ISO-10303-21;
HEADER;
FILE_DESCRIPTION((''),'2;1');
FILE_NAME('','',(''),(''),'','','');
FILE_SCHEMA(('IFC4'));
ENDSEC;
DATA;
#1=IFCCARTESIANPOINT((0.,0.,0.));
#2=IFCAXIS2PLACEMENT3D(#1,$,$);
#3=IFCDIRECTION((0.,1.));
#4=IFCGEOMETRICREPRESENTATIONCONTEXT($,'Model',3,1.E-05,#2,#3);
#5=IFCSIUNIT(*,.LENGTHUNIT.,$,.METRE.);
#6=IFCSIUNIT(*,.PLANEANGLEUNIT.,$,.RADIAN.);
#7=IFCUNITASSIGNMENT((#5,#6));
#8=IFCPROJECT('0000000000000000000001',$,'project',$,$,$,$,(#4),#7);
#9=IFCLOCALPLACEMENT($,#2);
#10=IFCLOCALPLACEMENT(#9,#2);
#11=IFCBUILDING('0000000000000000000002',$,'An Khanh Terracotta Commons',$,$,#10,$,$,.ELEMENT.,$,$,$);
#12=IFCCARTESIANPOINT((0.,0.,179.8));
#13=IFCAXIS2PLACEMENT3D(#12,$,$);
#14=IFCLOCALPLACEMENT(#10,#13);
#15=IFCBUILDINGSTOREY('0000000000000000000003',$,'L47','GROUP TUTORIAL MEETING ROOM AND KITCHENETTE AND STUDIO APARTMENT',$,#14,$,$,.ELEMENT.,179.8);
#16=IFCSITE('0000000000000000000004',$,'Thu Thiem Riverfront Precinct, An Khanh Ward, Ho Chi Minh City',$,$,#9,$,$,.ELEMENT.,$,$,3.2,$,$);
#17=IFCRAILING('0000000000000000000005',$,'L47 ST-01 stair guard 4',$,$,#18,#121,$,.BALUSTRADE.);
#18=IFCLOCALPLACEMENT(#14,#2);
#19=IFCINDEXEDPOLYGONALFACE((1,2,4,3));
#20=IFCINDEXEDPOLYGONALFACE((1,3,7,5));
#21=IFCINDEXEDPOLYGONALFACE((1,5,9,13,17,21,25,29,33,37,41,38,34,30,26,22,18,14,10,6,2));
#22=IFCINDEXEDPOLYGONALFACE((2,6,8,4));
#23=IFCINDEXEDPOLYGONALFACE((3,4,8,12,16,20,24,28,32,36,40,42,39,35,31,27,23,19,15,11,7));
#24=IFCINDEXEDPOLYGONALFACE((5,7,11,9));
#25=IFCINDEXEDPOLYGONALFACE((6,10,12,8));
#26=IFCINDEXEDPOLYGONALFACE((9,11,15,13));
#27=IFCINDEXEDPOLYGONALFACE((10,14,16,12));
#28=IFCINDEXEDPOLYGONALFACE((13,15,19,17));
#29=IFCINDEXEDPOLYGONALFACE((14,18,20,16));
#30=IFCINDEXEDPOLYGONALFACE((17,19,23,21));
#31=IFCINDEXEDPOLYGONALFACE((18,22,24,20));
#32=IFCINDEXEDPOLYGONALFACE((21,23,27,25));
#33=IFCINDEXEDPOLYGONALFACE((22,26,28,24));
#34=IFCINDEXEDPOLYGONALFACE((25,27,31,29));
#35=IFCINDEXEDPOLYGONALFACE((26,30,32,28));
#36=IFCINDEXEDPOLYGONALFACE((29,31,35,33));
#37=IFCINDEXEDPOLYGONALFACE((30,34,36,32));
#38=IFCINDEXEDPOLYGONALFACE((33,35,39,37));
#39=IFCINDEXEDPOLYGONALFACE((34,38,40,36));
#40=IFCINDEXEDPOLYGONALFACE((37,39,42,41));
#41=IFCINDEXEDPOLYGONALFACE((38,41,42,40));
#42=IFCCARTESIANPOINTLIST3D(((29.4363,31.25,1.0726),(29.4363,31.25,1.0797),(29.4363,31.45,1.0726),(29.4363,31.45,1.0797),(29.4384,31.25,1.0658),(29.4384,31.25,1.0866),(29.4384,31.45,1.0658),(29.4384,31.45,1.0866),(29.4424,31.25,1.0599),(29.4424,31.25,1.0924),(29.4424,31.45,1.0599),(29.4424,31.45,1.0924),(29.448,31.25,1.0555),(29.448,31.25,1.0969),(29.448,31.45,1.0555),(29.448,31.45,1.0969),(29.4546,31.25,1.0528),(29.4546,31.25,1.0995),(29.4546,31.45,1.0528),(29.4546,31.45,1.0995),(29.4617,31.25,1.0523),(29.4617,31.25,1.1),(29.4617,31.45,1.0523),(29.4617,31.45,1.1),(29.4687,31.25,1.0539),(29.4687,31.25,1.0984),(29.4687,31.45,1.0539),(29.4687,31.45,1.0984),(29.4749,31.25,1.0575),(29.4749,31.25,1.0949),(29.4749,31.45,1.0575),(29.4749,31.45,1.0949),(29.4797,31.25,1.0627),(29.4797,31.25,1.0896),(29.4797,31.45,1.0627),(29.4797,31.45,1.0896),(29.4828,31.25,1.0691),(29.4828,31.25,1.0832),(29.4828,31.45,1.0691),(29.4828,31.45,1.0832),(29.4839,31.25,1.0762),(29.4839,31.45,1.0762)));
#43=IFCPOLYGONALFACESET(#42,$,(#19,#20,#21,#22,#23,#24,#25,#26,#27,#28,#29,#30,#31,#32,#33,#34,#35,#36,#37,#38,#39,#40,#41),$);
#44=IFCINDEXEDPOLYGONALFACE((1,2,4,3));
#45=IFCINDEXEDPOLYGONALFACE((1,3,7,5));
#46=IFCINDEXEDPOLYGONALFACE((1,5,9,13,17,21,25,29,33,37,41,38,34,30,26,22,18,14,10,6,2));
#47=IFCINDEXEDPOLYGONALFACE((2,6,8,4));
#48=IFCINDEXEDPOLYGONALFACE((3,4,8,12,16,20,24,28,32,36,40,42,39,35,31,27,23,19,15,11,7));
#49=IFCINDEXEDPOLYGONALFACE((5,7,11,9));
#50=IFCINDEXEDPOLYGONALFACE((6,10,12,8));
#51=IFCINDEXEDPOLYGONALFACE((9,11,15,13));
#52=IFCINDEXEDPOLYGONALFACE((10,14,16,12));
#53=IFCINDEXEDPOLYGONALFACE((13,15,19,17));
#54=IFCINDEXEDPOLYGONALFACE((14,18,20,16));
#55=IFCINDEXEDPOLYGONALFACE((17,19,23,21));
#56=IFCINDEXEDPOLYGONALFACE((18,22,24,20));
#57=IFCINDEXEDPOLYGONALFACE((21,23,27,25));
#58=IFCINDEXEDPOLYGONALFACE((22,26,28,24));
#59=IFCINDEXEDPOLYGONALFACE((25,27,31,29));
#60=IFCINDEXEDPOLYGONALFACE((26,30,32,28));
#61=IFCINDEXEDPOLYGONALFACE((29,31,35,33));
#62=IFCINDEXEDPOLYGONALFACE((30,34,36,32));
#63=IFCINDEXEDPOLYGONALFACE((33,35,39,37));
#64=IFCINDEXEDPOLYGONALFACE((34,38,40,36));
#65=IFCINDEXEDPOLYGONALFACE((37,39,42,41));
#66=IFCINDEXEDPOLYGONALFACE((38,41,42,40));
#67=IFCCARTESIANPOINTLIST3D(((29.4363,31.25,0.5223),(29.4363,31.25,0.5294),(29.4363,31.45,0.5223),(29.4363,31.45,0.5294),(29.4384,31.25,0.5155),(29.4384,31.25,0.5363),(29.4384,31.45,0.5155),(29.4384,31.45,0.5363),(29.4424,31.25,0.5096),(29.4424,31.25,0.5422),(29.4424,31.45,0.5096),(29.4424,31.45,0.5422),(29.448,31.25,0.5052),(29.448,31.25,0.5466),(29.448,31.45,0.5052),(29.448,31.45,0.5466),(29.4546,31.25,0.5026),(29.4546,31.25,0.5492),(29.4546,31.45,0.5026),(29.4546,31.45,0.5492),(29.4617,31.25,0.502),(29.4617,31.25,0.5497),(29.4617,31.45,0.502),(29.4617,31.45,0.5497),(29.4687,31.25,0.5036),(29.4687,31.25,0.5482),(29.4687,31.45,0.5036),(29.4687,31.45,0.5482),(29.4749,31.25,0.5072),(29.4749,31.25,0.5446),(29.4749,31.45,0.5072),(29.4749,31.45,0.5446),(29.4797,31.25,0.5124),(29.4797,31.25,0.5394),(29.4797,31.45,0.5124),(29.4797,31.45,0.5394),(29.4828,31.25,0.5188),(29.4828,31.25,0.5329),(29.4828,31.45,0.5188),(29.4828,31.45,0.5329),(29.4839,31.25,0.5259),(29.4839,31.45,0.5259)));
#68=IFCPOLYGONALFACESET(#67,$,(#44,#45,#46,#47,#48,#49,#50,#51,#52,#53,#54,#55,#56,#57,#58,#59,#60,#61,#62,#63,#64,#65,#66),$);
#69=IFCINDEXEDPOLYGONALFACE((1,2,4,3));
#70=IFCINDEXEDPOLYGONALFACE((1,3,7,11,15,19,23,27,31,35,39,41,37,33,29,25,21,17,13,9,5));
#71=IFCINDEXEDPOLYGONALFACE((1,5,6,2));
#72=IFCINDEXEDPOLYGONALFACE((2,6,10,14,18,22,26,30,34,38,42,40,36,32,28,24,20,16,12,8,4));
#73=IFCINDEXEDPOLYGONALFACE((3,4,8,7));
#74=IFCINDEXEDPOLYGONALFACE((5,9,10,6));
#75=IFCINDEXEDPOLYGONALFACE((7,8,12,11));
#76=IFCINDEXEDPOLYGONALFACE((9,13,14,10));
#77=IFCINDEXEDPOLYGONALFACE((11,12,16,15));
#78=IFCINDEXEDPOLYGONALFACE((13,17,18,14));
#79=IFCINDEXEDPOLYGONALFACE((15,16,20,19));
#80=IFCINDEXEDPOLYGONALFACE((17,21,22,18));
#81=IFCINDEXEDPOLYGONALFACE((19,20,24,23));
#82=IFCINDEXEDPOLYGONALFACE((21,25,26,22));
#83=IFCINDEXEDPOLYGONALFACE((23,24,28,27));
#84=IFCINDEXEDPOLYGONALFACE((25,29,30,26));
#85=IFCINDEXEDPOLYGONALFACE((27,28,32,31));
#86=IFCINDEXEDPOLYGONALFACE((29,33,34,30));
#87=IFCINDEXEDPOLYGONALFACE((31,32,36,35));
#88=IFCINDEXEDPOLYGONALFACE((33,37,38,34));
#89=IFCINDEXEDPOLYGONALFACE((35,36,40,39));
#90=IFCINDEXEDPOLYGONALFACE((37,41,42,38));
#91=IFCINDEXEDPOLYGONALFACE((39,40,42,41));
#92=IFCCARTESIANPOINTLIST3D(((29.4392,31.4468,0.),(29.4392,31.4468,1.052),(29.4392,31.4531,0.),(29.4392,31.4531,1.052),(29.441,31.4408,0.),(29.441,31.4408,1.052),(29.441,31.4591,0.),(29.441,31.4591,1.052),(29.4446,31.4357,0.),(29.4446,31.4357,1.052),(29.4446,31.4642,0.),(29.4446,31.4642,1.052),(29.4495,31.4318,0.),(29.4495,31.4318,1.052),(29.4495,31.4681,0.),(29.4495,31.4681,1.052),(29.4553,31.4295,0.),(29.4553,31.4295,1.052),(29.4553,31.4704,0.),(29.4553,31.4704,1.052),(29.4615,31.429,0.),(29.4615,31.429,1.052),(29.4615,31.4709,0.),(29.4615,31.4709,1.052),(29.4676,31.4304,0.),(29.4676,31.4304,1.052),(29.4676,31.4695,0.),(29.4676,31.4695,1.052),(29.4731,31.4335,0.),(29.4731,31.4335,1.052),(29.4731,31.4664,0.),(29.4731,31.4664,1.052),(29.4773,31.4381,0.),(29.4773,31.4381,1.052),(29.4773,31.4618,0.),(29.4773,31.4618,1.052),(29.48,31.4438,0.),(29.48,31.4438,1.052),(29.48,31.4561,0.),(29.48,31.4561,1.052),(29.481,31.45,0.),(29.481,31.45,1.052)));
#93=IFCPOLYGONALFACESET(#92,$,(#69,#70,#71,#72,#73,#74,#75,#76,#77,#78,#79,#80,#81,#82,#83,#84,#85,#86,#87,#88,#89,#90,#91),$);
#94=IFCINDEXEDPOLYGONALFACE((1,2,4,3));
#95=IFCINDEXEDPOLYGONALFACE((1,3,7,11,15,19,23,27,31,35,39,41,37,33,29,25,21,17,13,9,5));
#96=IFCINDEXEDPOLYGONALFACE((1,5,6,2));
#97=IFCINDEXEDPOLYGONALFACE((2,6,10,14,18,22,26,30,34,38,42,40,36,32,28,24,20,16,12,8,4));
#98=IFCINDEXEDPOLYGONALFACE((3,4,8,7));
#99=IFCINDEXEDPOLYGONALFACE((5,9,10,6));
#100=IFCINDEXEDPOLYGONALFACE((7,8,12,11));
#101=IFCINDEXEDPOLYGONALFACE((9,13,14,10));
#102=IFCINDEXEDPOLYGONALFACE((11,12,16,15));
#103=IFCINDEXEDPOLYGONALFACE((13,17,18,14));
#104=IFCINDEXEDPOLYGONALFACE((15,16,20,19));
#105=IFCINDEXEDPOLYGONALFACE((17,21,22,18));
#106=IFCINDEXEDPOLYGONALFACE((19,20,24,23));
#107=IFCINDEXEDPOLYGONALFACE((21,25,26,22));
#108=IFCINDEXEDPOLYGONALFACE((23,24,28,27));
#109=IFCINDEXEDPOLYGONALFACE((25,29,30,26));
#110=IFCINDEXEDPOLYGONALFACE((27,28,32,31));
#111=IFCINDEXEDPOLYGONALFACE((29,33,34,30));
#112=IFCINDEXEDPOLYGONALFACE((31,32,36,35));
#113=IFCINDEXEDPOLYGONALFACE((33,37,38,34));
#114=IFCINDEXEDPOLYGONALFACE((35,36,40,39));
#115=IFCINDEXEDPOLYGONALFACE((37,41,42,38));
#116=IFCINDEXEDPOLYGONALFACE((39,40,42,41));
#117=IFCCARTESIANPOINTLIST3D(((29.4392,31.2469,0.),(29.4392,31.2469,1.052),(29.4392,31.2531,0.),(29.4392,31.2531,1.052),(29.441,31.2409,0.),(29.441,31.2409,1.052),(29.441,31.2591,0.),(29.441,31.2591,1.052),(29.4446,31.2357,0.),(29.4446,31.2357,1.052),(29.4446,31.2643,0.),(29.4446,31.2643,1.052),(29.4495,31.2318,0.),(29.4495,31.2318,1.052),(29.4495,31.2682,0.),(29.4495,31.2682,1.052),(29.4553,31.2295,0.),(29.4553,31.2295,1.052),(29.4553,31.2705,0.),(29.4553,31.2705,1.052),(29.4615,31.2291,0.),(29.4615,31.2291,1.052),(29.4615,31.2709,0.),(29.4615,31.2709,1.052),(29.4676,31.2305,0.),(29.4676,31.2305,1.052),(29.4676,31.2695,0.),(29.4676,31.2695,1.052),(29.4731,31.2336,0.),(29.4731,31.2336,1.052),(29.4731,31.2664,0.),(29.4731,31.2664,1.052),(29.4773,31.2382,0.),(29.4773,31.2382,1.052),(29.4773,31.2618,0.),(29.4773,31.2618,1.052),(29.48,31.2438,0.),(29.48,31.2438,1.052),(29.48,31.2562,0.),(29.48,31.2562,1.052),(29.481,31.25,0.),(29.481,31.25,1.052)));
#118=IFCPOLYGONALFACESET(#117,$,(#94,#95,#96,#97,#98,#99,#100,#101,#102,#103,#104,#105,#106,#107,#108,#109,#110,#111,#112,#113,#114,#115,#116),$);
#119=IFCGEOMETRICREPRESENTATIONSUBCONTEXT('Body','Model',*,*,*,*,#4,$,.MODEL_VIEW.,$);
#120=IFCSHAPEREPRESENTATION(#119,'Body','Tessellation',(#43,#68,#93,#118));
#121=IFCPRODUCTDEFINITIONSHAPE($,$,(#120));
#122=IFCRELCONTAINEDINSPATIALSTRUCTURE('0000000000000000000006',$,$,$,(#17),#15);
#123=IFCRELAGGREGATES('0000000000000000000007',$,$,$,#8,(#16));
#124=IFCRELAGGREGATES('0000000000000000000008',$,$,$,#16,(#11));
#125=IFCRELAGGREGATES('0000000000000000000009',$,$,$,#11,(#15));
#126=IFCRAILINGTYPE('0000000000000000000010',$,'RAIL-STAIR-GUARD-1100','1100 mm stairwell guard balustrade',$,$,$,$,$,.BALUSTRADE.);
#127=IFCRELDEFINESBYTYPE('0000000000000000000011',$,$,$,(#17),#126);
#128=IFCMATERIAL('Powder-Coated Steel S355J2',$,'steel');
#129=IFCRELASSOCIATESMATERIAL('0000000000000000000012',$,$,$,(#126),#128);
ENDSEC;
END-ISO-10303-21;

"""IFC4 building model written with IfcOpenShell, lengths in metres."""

from ifc_helpers import new_model, si_unit, direction, frame, origin, origin_2d, place, context, subcontext, project, spatial, circle, extrude, material, type_object, element, save


model = new_model("IFC4")

# Units and contexts
model_context = context("Model", 3, precision=1e-05, world=origin(), true_north=direction((0.0, 1.0)))
body_context = subcontext(model_context, "Body", "Model", "MODEL_VIEW")
ifc_project = project(units=[si_unit("LENGTHUNIT", "METRE"), si_unit("PLANEANGLEUNIT", "RADIAN")], contexts=[model_context])

# Site, building, storey
site_placement = place(None, origin())
site = spatial("IfcSite", under=ifc_project, at=site_placement, Name="Thu Thiem Riverfront Precinct, An Khanh Ward, Ho Chi Minh City", CompositionType="ELEMENT", RefElevation=3.2)
building_placement = place(site_placement, origin())
building = spatial("IfcBuilding", under=site, at=building_placement, Name="An Khanh Terracotta Commons", CompositionType="ELEMENT")
storey_placement = place(building_placement, frame((0.0, 0.0, 179.8)))
storey = spatial("IfcBuildingStorey", under=building, at=storey_placement, Name="L47", Description="GROUP TUTORIAL MEETING ROOM AND KITCHENETTE AND STUDIO APARTMENT", CompositionType="ELEMENT", Elevation=179.8)

# Railing
ifc_material_1 = material(Name="Powder-Coated Steel S355J2", Category="steel")
railing_type_1 = type_object("IfcRailingType", Name="RAIL-STAIR-GUARD-1100", Description="1100 mm stairwell guard balustrade", PredefinedType="BALUSTRADE", material=ifc_material_1)
railing_1_placement = place(storey_placement, frame((29.46, 31.45, 0.0)))
element("IfcRailing", 1, at=railing_1_placement, inside=storey, type_object=railing_type_1, Name="L47 ST-01 stair guard 4", PredefinedType="BALUSTRADE", context=body_context, shape_type="SweptSolid", body=[
    extrude(circle(Radius=0.0239, at=origin_2d()), frame((0.0, 0.0, 1.0762), z_axis=(0.0, -1.0, 0.0), x_axis=(1.0, 0.0, 0.0)), (0.0, 0.0, 1.0), 0.2),
    extrude(circle(Radius=0.0239, at=origin_2d()), frame((0.0, 0.0, 0.5259), z_axis=(0.0, -1.0, 0.0), x_axis=(1.0, 0.0, 0.0)), (0.0, 0.0, 1.0), 0.2),
    extrude(circle(Radius=0.021, at=origin_2d()), origin(), (0.0, 0.0, 1.0), 1.052),
    extrude(circle(Radius=0.021, at=origin_2d()), frame((0.0, -0.2, 0.0)), (0.0, 0.0, 1.0), 1.052),
])

save(model, "model.ifc")
